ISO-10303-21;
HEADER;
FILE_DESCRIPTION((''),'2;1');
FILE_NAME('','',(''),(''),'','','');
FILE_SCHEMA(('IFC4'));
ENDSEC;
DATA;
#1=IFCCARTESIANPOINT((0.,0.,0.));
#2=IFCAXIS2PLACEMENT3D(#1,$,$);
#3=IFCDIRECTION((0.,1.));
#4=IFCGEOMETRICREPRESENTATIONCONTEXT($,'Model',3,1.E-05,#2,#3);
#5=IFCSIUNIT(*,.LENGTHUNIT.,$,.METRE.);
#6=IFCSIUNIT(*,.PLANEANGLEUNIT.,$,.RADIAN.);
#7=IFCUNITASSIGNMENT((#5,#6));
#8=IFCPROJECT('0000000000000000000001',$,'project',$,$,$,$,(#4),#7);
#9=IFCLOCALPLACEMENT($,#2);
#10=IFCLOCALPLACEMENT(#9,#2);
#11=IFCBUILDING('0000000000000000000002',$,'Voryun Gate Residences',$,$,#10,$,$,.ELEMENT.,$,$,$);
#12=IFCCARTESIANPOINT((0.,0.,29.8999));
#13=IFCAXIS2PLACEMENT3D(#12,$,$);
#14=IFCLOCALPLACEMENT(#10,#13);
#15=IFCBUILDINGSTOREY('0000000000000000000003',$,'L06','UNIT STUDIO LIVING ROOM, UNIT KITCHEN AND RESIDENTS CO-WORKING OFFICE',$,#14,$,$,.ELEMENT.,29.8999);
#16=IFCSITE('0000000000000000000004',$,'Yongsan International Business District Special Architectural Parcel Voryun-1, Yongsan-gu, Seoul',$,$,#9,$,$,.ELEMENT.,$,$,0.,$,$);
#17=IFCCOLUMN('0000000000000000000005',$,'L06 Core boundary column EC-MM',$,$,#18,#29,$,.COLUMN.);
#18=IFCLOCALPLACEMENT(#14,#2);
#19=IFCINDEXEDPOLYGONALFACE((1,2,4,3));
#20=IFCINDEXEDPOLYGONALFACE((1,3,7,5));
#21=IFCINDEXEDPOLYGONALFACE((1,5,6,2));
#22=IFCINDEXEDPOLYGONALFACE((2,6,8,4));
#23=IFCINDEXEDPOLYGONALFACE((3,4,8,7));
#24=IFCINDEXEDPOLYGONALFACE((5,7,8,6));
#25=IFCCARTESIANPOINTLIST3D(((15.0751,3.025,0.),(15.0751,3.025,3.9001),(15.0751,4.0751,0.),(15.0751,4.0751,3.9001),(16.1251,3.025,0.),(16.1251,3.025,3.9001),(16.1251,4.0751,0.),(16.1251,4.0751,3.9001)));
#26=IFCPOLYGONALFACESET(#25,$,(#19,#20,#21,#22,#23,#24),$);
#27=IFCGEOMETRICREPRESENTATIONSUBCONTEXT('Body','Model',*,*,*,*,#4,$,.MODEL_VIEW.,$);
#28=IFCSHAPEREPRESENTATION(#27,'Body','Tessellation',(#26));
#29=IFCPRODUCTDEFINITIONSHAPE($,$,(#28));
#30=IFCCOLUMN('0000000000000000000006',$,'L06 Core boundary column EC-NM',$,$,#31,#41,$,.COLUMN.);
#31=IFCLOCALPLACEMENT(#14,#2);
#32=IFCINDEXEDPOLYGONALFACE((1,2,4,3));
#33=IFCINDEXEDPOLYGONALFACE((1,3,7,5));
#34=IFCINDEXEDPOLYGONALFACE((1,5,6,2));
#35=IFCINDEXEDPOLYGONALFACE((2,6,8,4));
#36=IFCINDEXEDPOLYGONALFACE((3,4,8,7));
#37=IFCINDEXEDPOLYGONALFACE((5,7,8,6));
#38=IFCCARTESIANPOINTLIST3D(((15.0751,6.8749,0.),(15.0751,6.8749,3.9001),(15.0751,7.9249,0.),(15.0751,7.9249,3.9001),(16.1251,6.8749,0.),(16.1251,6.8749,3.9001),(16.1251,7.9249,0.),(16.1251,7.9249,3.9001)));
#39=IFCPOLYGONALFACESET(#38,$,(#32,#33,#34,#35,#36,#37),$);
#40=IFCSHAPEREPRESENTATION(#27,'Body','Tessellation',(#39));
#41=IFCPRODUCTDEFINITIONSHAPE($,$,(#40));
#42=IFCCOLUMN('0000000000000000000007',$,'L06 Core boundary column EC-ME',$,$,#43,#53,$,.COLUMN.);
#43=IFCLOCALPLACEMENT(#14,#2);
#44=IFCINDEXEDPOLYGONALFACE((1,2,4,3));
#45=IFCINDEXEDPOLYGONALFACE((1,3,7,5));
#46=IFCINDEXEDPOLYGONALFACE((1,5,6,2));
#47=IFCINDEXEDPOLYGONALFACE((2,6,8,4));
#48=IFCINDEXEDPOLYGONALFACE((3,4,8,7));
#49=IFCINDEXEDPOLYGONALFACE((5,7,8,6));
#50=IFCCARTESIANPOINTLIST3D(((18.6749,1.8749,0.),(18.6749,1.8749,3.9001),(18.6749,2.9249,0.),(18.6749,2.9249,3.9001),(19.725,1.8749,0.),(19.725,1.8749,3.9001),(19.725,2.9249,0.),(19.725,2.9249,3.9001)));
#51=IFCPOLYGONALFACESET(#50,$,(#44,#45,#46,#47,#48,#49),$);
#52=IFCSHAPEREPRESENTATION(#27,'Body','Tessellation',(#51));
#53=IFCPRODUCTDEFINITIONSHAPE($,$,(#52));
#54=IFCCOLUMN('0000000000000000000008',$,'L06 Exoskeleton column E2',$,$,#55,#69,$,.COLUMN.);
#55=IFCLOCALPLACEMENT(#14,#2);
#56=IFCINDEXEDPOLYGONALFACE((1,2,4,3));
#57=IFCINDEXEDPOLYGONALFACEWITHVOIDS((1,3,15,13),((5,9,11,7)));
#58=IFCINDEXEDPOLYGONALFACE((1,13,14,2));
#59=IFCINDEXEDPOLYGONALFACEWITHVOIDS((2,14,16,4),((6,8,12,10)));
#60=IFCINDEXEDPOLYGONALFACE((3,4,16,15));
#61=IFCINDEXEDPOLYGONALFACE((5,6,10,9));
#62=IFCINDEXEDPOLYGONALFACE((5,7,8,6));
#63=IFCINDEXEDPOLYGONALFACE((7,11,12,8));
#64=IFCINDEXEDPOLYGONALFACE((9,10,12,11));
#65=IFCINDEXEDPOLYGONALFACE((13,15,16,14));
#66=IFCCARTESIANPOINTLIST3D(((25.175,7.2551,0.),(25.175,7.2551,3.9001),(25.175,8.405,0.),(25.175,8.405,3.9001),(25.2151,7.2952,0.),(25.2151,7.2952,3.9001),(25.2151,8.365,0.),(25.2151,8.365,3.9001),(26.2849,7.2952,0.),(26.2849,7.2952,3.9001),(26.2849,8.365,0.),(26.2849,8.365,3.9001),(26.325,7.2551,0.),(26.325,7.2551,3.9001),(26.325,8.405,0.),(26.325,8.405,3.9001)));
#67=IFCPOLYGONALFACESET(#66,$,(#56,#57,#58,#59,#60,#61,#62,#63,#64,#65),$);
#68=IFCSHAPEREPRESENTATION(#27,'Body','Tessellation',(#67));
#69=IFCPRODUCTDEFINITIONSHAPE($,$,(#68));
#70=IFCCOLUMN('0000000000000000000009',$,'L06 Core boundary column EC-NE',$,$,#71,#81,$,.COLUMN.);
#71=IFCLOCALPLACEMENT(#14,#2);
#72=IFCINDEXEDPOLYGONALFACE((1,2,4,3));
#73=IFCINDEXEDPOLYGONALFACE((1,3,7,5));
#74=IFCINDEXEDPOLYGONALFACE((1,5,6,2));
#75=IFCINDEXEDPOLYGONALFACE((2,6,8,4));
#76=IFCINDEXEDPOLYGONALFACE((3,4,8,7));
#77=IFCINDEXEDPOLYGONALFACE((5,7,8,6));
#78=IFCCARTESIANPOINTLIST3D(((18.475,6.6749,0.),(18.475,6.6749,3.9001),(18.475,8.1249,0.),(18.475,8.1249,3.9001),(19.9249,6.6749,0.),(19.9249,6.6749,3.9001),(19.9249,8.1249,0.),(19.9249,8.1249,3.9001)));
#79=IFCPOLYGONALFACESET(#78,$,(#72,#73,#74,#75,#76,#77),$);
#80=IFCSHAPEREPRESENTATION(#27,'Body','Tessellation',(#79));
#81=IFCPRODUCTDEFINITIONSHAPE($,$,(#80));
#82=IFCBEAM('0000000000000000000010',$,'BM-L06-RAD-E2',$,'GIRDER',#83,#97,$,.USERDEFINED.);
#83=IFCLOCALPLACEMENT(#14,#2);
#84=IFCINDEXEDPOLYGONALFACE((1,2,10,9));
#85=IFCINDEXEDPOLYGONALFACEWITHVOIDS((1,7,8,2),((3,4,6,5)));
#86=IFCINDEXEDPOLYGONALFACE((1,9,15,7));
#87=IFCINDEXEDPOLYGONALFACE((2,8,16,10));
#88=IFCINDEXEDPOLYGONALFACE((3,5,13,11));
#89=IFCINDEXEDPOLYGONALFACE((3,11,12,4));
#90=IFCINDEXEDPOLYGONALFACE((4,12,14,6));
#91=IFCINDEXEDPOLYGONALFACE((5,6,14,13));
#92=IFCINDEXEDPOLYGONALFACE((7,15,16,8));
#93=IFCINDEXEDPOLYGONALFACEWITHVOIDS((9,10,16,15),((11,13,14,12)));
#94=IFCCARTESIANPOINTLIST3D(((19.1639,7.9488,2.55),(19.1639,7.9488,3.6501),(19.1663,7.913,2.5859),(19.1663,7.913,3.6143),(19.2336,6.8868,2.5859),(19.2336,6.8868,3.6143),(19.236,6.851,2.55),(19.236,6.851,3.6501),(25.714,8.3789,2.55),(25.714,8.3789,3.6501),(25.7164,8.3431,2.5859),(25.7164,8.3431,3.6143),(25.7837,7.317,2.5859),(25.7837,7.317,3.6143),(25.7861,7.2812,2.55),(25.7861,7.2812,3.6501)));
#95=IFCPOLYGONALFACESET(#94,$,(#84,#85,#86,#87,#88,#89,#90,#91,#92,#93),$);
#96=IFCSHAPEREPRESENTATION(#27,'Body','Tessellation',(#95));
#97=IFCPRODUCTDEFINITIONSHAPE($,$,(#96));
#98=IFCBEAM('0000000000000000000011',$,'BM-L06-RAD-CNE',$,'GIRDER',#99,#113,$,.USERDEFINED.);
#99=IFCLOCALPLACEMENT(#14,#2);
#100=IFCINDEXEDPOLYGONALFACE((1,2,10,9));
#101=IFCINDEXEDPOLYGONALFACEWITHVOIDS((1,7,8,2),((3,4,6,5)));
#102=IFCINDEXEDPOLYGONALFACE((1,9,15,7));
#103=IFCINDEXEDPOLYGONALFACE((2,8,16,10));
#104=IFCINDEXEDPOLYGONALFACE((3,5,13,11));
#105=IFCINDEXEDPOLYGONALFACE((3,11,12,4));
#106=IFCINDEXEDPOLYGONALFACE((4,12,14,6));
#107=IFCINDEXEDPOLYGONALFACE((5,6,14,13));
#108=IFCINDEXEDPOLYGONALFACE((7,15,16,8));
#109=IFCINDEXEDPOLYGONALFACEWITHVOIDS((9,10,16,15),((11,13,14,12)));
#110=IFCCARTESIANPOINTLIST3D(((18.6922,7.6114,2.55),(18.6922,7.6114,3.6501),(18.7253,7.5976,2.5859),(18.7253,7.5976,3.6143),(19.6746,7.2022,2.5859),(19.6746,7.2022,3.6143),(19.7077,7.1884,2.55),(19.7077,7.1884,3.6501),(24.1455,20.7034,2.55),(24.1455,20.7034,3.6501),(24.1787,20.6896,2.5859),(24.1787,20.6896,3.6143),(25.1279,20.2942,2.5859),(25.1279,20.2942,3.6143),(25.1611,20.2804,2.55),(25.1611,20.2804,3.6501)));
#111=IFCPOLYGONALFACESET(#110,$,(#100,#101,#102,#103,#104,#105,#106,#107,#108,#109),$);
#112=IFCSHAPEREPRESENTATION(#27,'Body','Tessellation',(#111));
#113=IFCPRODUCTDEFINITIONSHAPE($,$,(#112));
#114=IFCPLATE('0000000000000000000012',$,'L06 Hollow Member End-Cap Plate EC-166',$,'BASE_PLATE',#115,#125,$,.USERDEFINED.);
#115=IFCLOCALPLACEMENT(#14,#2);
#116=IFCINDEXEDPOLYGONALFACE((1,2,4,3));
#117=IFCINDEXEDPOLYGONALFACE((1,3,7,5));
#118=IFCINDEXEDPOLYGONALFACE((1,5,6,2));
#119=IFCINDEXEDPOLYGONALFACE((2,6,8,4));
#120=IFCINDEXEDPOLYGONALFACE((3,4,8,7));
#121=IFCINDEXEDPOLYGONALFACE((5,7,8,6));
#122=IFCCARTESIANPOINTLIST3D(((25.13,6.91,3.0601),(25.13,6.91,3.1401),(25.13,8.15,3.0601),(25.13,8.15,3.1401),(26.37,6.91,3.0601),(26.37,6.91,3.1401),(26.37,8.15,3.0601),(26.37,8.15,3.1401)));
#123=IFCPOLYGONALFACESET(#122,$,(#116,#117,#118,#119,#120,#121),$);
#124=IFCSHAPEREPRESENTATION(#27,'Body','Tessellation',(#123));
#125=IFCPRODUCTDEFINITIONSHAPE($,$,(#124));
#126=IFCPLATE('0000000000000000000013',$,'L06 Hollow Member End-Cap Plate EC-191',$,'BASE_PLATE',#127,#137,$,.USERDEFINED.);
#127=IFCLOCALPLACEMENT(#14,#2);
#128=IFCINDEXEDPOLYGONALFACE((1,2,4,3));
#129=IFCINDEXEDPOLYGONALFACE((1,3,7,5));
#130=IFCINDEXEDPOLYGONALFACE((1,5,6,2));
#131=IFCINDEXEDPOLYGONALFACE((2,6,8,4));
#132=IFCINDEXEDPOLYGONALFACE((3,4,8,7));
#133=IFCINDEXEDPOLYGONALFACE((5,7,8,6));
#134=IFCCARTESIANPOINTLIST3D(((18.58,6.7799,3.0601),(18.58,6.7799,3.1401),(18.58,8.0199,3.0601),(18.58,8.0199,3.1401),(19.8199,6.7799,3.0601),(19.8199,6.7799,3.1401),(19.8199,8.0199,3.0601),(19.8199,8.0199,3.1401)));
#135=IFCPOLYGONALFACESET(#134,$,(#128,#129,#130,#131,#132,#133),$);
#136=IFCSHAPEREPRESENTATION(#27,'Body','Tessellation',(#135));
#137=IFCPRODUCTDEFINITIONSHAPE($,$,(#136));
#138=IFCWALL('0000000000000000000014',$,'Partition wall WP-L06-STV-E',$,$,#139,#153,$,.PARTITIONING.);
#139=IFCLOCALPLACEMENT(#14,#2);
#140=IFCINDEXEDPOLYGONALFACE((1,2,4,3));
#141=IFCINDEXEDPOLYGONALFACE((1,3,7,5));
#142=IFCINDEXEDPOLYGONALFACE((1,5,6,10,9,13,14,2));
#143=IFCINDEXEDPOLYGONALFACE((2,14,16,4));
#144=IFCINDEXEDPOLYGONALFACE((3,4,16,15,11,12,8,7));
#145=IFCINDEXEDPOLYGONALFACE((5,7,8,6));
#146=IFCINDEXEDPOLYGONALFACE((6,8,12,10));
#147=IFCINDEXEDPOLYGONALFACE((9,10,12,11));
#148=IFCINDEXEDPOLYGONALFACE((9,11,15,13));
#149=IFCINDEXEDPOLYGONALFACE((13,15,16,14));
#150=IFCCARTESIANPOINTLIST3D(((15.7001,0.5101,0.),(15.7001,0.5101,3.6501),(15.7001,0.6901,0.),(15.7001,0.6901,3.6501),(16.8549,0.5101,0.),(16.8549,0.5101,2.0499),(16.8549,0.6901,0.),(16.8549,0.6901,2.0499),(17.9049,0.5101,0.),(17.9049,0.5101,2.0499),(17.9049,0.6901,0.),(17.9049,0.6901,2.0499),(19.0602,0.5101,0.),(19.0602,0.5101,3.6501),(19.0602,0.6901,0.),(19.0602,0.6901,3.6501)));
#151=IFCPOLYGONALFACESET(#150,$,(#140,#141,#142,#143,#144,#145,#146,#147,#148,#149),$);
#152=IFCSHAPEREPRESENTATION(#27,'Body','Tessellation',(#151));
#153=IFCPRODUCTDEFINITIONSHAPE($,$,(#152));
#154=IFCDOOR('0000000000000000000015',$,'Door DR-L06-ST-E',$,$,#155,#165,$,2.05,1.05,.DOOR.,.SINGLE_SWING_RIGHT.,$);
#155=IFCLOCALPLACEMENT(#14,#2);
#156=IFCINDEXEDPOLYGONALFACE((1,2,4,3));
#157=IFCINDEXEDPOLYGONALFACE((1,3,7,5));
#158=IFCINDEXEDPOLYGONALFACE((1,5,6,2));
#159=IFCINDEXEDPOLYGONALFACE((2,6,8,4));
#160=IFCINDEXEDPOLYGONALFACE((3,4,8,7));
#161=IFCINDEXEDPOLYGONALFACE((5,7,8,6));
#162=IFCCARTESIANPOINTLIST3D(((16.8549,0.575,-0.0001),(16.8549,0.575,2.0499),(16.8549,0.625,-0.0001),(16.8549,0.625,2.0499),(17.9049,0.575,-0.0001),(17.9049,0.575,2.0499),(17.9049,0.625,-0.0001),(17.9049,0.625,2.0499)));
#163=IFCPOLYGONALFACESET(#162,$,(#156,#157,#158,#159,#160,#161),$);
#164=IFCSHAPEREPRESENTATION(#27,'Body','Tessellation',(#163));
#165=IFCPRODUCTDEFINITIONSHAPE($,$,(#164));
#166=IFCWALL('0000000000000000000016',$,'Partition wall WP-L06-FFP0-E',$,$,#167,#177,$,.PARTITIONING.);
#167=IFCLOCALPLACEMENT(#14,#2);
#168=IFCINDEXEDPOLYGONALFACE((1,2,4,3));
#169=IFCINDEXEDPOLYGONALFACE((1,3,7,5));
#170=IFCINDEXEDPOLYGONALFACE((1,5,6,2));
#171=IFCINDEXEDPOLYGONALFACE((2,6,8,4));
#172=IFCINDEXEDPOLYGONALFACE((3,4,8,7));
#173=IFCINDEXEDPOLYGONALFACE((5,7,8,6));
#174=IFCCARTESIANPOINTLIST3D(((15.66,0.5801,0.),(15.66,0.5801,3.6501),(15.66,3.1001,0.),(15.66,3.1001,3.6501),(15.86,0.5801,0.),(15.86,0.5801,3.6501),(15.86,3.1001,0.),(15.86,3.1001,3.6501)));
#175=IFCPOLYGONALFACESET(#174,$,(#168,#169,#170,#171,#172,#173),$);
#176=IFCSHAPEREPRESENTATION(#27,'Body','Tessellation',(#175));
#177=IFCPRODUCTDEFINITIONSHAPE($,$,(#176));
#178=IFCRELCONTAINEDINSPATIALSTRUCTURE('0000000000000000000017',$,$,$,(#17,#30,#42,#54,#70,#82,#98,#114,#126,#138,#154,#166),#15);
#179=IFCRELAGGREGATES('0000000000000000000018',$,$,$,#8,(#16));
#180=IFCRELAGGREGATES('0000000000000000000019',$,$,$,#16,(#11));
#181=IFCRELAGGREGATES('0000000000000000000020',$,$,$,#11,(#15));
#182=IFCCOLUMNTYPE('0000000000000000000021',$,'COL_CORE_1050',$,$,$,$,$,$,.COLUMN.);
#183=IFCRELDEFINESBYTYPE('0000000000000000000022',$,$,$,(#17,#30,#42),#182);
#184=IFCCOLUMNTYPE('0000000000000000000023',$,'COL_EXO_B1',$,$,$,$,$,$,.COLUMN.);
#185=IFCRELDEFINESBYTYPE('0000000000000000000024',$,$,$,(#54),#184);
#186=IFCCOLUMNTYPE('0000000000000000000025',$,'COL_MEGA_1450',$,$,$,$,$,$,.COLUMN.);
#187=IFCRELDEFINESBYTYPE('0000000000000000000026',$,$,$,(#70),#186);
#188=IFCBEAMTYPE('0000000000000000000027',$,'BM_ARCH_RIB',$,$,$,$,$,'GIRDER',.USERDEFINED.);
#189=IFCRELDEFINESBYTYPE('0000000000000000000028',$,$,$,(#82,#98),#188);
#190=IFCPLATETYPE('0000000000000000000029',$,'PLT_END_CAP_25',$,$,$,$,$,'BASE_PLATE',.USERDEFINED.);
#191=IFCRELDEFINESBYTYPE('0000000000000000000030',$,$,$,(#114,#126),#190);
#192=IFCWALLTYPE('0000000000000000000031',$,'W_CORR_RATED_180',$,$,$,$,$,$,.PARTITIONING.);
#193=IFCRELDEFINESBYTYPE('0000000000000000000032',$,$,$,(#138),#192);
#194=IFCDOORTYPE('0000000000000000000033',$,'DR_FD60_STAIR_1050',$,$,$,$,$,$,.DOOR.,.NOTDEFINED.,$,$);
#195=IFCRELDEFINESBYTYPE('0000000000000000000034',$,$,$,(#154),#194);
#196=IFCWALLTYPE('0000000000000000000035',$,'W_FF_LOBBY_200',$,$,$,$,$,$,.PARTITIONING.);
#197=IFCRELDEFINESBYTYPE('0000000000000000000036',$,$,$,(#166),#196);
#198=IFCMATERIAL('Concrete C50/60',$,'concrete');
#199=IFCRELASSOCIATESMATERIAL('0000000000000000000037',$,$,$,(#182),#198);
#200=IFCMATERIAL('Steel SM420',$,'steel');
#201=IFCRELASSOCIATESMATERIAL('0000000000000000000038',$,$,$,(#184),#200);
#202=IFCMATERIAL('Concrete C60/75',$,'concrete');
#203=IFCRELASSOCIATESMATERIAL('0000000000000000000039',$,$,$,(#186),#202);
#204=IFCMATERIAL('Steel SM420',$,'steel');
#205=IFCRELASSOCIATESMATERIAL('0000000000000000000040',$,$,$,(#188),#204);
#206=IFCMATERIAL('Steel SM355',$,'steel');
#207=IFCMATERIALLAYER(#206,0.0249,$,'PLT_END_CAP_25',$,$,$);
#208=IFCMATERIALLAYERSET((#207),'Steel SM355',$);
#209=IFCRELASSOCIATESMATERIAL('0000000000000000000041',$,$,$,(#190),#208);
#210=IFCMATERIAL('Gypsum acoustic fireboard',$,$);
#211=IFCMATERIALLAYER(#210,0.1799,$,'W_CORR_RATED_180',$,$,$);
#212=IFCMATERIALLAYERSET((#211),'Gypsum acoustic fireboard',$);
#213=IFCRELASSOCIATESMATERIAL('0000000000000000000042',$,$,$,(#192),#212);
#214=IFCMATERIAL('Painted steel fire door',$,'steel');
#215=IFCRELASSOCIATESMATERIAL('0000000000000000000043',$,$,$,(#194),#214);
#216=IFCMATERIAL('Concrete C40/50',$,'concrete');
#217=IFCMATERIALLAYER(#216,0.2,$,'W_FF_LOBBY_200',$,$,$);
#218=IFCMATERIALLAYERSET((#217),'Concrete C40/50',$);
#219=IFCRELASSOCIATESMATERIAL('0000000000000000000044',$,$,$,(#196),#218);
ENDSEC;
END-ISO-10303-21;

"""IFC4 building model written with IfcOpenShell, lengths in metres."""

from ifc_helpers import new_model, si_unit, direction, frame, frame_2d, origin, origin_2d, place, context, subcontext, project, spatial, rectangle, hollow_rectangle, extrude, material, layer, layer_set, material_profile, profile_set, type_object, element, fill, save


model = new_model("IFC4")

# Units and contexts
model_context = context("Model", 3, precision=1e-05, world=origin(), true_north=direction((0.0, 1.0)))
body_context = subcontext(model_context, "Body", "Model", "MODEL_VIEW")
ifc_project = project(units=[si_unit("LENGTHUNIT", "METRE"), si_unit("PLANEANGLEUNIT", "RADIAN")], contexts=[model_context])

# Site, building, storey
site_placement = place(None, origin())
site = spatial("IfcSite", under=ifc_project, at=site_placement, Name="Yongsan International Business District Special Architectural Parcel Voryun-1, Yongsan-gu, Seoul", CompositionType="ELEMENT", RefElevation=0.0)
building_placement = place(site_placement, origin())
building = spatial("IfcBuilding", under=site, at=building_placement, Name="Voryun Gate Residences", CompositionType="ELEMENT")
storey_placement = place(building_placement, frame((0.0, 0.0, 29.8999)))
storey = spatial("IfcBuildingStorey", under=building, at=storey_placement, Name="L06", Description="UNIT STUDIO LIVING ROOM, UNIT KITCHEN AND RESIDENTS CO-WORKING OFFICE", CompositionType="ELEMENT", Elevation=29.8999)

# Columns
ifc_material_1 = material(Name="Concrete C50/60", Category="concrete")
ifc_material_profile_1 = material_profile(ifc_material_1, rectangle(XDim=1.05, YDim=1.05, at=origin_2d()), Name="RC-1050x1050")
ifc_profile_set_1 = profile_set([ifc_material_profile_1], Name="Concrete C50/60")
column_type_1 = type_object("IfcColumnType", Name="COL_CORE_1050", PredefinedType="COLUMN", material=ifc_profile_set_1)
for number, where, z_axis, x_axis, name in (
    (1, (15.6001, 3.55, 0.0), (0.0, 0.0, 1.0), (1.0, 0.0, 0.0), "L06 Core boundary column EC-MM"),
    (2, (15.6001, 7.3999, 0.0), (0.0, 0.0, 1.0), (1.0, 0.0, 0.0), "L06 Core boundary column EC-NM"),
    (3, (19.2, 2.3999, 0.0), (0.0, 0.0, 1.0), (1.0, 0.0, 0.0), "L06 Core boundary column EC-ME"),
):
    element("IfcColumn", number, at=place(storey_placement, frame(where, z_axis=z_axis, x_axis=x_axis)), inside=storey, type_object=column_type_1, Name=name, PredefinedType="COLUMN", context=body_context, shape_type="SweptSolid", body=[
        extrude(rectangle(XDim=1.05, YDim=1.05, at=origin_2d()), origin(), (0.0, 0.0, 1.0), 3.9001),
    ])
ifc_material_2 = material(Name="Steel SM420", Category="steel")
ifc_material_profile_2 = material_profile(ifc_material_2, hollow_rectangle(XDim=1.1499, YDim=1.1499, WallThickness=0.04, at=origin_2d()), Name="BOX-1150x1150x40")
ifc_profile_set_2 = profile_set([ifc_material_profile_2], Name="Steel SM420")
column_type_2 = type_object("IfcColumnType", Name="COL_EXO_B1", PredefinedType="COLUMN", material=ifc_profile_set_2)
column_1_placement = place(storey_placement, frame((25.75, 7.8301, 0.0), z_axis=(0.0, 0.0, 1.0), x_axis=(1.0, 0.0, 0.0)))
element("IfcColumn", 4, at=column_1_placement, inside=storey, type_object=column_type_2, Name="L06 Exoskeleton column E2", PredefinedType="COLUMN", context=body_context, shape_type="SweptSolid", body=[
    extrude(hollow_rectangle(XDim=1.1499, YDim=1.1499, WallThickness=0.04, at=origin_2d()), origin(), (0.0, 0.0, 1.0), 3.9001),
])
ifc_material_3 = material(Name="Concrete C60/75", Category="concrete")
ifc_material_profile_3 = material_profile(ifc_material_3, rectangle(XDim=1.45, YDim=1.45, at=origin_2d()), Name="RC-1450x1450")
ifc_profile_set_3 = profile_set([ifc_material_profile_3], Name="Concrete C60/75")
column_type_3 = type_object("IfcColumnType", Name="COL_MEGA_1450", PredefinedType="COLUMN", material=ifc_profile_set_3)
column_2_placement = place(storey_placement, frame((19.2, 7.3999, 0.0), z_axis=(0.0, 0.0, 1.0), x_axis=(1.0, 0.0, 0.0)))
element("IfcColumn", 5, at=column_2_placement, inside=storey, type_object=column_type_3, Name="L06 Core boundary column EC-NE", PredefinedType="COLUMN", context=body_context, shape_type="SweptSolid", body=[
    extrude(rectangle(XDim=1.45, YDim=1.45, at=origin_2d()), origin(), (0.0, 0.0, 1.0), 3.9001),
])

# Beams
ifc_material_4 = material(Name="Steel SM420", Category="steel")
ifc_material_profile_4 = material_profile(ifc_material_4, hollow_rectangle(XDim=1.1001, YDim=1.1001, WallThickness=0.0359, at=origin_2d()), Name="BOX-1100x1100x36")
ifc_profile_set_4 = profile_set([ifc_material_profile_4], Name="Steel SM420")
beam_type = type_object("IfcBeamType", Name="BM_ARCH_RIB", ElementType="GIRDER", PredefinedType="USERDEFINED", material=ifc_profile_set_4)
beam_1_placement = place(storey_placement, frame((19.2, 7.3999, 3.1001), z_axis=(0.99785, 0.065534, 0.0), x_axis=(-0.065534, 0.99785, 0.0)))
element("IfcBeam", 6, at=beam_1_placement, inside=storey, type_object=beam_type, Name="BM-L06-RAD-E2", ObjectType="GIRDER", PredefinedType="USERDEFINED", context=body_context, shape_type="SweptSolid", body=[
    extrude(hollow_rectangle(XDim=1.1001, YDim=1.1001, WallThickness=0.0359, at=origin_2d()), origin(), (0.0, 0.0, 1.0), 6.5642),
])
beam_2_placement = place(storey_placement, frame((19.2, 7.3999, 3.1001), z_axis=(0.384516, 0.923118, 0.0), x_axis=(-0.923118, 0.384516, 0.0)))
element("IfcBeam", 7, at=beam_2_placement, inside=storey, type_object=beam_type, Name="BM-L06-RAD-CNE", ObjectType="GIRDER", PredefinedType="USERDEFINED", context=body_context, shape_type="SweptSolid", body=[
    extrude(hollow_rectangle(XDim=1.1001, YDim=1.1001, WallThickness=0.0359, at=origin_2d()), origin(), (0.0, 0.0, 1.0), 14.1824),
])

# Plates
ifc_material_5 = material(Name="Steel SM355", Category="steel")
ifc_layer_1 = layer(ifc_material_5, 0.0249, Name="PLT_END_CAP_25")
ifc_layer_set_1 = layer_set([ifc_layer_1], Name="Steel SM355")
plate_type = type_object("IfcPlateType", Name="PLT_END_CAP_25", ElementType="BASE_PLATE", PredefinedType="USERDEFINED", material=ifc_layer_set_1)
for number, where, z_axis, x_axis, name in (
    (8, (25.75, 7.53, 3.0601), (0.0, 0.0, 1.0), (1.0, 0.0, 0.0), "L06 Hollow Member End-Cap Plate EC-166"),
    (9, (19.2, 7.3999, 3.0601), (0.0, 0.0, 1.0), (1.0, 0.0, 0.0), "L06 Hollow Member End-Cap Plate EC-191"),
):
    element("IfcPlate", number, at=place(storey_placement, frame(where, z_axis=z_axis, x_axis=x_axis)), inside=storey, type_object=plate_type, Name=name, ObjectType="BASE_PLATE", PredefinedType="USERDEFINED", context=body_context, shape_type="SweptSolid", body=[
        extrude(rectangle(XDim=1.24, YDim=1.24, at=origin_2d()), origin(), (0.0, 0.0, 1.0), 0.0801),
    ])

# Wall, opening, door
ifc_material_6 = material(Name="Gypsum acoustic fireboard")
ifc_layer_2 = layer(ifc_material_6, 0.1799, Name="W_CORR_RATED_180")
ifc_layer_set_2 = layer_set([ifc_layer_2], Name="Gypsum acoustic fireboard")
wall_type_1 = type_object("IfcWallType", Name="W_CORR_RATED_180", PredefinedType="PARTITIONING", material=ifc_layer_set_2)
wall_1_placement = place(storey_placement, frame((15.7, 0.6001, 0.0), z_axis=(0.0, 0.0, 1.0), x_axis=(1.0, 0.0, 0.0)))
wall_1 = element("IfcWall", 10, at=wall_1_placement, inside=storey, type_object=wall_type_1, Name="Partition wall WP-L06-STV-E", PredefinedType="PARTITIONING", context=body_context, shape_type="SweptSolid", body=[
    extrude(rectangle(XDim=3.3601, YDim=0.1799, at=frame_2d((1.6802, 0.0))), origin(), (0.0, 0.0, 1.0), 3.6501),
])
opening_1_placement = place(wall_1_placement, frame((1.155, 0.0, 0.0)))
opening_1 = element("IfcOpeningElement", 11, at=opening_1_placement, cuts=wall_1, PredefinedType="OPENING", context=body_context, shape_type="SweptSolid", body=[
    extrude(rectangle(XDim=1.05, YDim=2.05, at=frame_2d((0.5249, 1.0249))), frame((0.0, 0.0999, 0.0), z_axis=(0.0, -1.0, 0.0), x_axis=(1.0, 0.0, 0.0)), (0.0, 0.0, 1.0), 0.2),
])
ifc_material_7 = material(Name="Painted steel fire door", Category="steel")
door_type_1 = type_object("IfcDoorType", Name="DR_FD60_STAIR_1050", OperationType="NOTDEFINED", PredefinedType="DOOR", material=ifc_material_7)
door_1_placement = place(opening_1_placement, origin())
door_1 = element("IfcDoor", 12, at=door_1_placement, inside=storey, type_object=door_type_1, Name="Door DR-L06-ST-E", OperationType="SINGLE_SWING_RIGHT", OverallHeight=2.05, OverallWidth=1.05, PredefinedType="DOOR", context=body_context, shape_type="SweptSolid", body=[
    extrude(rectangle(XDim=1.05, YDim=2.05, at=frame_2d((0.5249, 1.0249))), frame((0.0, 0.0249, 0.0), z_axis=(0.0, -1.0, 0.0), x_axis=(1.0, 0.0, 0.0)), (0.0, 0.0, 1.0), 0.05),
])
fill(opening_1, door_1)

# Wall
ifc_material_8 = material(Name="Concrete C40/50", Category="concrete")
ifc_layer_3 = layer(ifc_material_8, 0.2, Name="W_FF_LOBBY_200")
ifc_layer_set_3 = layer_set([ifc_layer_3], Name="Concrete C40/50")
wall_type_2 = type_object("IfcWallType", Name="W_FF_LOBBY_200", PredefinedType="PARTITIONING", material=ifc_layer_set_3)
wall_2_placement = place(storey_placement, frame((15.76, 0.5801, 0.0), z_axis=(0.0, 0.0, 1.0), x_axis=(0.0, 1.0, 0.0)))
element("IfcWall", 13, at=wall_2_placement, inside=storey, type_object=wall_type_2, Name="Partition wall WP-L06-FFP0-E", PredefinedType="PARTITIONING", context=body_context, shape_type="SweptSolid", body=[
    extrude(rectangle(XDim=2.52, YDim=0.2, at=frame_2d((1.26, 0.0))), origin(), (0.0, 0.0, 1.0), 3.6501),
])

save(model, "model.ifc")
